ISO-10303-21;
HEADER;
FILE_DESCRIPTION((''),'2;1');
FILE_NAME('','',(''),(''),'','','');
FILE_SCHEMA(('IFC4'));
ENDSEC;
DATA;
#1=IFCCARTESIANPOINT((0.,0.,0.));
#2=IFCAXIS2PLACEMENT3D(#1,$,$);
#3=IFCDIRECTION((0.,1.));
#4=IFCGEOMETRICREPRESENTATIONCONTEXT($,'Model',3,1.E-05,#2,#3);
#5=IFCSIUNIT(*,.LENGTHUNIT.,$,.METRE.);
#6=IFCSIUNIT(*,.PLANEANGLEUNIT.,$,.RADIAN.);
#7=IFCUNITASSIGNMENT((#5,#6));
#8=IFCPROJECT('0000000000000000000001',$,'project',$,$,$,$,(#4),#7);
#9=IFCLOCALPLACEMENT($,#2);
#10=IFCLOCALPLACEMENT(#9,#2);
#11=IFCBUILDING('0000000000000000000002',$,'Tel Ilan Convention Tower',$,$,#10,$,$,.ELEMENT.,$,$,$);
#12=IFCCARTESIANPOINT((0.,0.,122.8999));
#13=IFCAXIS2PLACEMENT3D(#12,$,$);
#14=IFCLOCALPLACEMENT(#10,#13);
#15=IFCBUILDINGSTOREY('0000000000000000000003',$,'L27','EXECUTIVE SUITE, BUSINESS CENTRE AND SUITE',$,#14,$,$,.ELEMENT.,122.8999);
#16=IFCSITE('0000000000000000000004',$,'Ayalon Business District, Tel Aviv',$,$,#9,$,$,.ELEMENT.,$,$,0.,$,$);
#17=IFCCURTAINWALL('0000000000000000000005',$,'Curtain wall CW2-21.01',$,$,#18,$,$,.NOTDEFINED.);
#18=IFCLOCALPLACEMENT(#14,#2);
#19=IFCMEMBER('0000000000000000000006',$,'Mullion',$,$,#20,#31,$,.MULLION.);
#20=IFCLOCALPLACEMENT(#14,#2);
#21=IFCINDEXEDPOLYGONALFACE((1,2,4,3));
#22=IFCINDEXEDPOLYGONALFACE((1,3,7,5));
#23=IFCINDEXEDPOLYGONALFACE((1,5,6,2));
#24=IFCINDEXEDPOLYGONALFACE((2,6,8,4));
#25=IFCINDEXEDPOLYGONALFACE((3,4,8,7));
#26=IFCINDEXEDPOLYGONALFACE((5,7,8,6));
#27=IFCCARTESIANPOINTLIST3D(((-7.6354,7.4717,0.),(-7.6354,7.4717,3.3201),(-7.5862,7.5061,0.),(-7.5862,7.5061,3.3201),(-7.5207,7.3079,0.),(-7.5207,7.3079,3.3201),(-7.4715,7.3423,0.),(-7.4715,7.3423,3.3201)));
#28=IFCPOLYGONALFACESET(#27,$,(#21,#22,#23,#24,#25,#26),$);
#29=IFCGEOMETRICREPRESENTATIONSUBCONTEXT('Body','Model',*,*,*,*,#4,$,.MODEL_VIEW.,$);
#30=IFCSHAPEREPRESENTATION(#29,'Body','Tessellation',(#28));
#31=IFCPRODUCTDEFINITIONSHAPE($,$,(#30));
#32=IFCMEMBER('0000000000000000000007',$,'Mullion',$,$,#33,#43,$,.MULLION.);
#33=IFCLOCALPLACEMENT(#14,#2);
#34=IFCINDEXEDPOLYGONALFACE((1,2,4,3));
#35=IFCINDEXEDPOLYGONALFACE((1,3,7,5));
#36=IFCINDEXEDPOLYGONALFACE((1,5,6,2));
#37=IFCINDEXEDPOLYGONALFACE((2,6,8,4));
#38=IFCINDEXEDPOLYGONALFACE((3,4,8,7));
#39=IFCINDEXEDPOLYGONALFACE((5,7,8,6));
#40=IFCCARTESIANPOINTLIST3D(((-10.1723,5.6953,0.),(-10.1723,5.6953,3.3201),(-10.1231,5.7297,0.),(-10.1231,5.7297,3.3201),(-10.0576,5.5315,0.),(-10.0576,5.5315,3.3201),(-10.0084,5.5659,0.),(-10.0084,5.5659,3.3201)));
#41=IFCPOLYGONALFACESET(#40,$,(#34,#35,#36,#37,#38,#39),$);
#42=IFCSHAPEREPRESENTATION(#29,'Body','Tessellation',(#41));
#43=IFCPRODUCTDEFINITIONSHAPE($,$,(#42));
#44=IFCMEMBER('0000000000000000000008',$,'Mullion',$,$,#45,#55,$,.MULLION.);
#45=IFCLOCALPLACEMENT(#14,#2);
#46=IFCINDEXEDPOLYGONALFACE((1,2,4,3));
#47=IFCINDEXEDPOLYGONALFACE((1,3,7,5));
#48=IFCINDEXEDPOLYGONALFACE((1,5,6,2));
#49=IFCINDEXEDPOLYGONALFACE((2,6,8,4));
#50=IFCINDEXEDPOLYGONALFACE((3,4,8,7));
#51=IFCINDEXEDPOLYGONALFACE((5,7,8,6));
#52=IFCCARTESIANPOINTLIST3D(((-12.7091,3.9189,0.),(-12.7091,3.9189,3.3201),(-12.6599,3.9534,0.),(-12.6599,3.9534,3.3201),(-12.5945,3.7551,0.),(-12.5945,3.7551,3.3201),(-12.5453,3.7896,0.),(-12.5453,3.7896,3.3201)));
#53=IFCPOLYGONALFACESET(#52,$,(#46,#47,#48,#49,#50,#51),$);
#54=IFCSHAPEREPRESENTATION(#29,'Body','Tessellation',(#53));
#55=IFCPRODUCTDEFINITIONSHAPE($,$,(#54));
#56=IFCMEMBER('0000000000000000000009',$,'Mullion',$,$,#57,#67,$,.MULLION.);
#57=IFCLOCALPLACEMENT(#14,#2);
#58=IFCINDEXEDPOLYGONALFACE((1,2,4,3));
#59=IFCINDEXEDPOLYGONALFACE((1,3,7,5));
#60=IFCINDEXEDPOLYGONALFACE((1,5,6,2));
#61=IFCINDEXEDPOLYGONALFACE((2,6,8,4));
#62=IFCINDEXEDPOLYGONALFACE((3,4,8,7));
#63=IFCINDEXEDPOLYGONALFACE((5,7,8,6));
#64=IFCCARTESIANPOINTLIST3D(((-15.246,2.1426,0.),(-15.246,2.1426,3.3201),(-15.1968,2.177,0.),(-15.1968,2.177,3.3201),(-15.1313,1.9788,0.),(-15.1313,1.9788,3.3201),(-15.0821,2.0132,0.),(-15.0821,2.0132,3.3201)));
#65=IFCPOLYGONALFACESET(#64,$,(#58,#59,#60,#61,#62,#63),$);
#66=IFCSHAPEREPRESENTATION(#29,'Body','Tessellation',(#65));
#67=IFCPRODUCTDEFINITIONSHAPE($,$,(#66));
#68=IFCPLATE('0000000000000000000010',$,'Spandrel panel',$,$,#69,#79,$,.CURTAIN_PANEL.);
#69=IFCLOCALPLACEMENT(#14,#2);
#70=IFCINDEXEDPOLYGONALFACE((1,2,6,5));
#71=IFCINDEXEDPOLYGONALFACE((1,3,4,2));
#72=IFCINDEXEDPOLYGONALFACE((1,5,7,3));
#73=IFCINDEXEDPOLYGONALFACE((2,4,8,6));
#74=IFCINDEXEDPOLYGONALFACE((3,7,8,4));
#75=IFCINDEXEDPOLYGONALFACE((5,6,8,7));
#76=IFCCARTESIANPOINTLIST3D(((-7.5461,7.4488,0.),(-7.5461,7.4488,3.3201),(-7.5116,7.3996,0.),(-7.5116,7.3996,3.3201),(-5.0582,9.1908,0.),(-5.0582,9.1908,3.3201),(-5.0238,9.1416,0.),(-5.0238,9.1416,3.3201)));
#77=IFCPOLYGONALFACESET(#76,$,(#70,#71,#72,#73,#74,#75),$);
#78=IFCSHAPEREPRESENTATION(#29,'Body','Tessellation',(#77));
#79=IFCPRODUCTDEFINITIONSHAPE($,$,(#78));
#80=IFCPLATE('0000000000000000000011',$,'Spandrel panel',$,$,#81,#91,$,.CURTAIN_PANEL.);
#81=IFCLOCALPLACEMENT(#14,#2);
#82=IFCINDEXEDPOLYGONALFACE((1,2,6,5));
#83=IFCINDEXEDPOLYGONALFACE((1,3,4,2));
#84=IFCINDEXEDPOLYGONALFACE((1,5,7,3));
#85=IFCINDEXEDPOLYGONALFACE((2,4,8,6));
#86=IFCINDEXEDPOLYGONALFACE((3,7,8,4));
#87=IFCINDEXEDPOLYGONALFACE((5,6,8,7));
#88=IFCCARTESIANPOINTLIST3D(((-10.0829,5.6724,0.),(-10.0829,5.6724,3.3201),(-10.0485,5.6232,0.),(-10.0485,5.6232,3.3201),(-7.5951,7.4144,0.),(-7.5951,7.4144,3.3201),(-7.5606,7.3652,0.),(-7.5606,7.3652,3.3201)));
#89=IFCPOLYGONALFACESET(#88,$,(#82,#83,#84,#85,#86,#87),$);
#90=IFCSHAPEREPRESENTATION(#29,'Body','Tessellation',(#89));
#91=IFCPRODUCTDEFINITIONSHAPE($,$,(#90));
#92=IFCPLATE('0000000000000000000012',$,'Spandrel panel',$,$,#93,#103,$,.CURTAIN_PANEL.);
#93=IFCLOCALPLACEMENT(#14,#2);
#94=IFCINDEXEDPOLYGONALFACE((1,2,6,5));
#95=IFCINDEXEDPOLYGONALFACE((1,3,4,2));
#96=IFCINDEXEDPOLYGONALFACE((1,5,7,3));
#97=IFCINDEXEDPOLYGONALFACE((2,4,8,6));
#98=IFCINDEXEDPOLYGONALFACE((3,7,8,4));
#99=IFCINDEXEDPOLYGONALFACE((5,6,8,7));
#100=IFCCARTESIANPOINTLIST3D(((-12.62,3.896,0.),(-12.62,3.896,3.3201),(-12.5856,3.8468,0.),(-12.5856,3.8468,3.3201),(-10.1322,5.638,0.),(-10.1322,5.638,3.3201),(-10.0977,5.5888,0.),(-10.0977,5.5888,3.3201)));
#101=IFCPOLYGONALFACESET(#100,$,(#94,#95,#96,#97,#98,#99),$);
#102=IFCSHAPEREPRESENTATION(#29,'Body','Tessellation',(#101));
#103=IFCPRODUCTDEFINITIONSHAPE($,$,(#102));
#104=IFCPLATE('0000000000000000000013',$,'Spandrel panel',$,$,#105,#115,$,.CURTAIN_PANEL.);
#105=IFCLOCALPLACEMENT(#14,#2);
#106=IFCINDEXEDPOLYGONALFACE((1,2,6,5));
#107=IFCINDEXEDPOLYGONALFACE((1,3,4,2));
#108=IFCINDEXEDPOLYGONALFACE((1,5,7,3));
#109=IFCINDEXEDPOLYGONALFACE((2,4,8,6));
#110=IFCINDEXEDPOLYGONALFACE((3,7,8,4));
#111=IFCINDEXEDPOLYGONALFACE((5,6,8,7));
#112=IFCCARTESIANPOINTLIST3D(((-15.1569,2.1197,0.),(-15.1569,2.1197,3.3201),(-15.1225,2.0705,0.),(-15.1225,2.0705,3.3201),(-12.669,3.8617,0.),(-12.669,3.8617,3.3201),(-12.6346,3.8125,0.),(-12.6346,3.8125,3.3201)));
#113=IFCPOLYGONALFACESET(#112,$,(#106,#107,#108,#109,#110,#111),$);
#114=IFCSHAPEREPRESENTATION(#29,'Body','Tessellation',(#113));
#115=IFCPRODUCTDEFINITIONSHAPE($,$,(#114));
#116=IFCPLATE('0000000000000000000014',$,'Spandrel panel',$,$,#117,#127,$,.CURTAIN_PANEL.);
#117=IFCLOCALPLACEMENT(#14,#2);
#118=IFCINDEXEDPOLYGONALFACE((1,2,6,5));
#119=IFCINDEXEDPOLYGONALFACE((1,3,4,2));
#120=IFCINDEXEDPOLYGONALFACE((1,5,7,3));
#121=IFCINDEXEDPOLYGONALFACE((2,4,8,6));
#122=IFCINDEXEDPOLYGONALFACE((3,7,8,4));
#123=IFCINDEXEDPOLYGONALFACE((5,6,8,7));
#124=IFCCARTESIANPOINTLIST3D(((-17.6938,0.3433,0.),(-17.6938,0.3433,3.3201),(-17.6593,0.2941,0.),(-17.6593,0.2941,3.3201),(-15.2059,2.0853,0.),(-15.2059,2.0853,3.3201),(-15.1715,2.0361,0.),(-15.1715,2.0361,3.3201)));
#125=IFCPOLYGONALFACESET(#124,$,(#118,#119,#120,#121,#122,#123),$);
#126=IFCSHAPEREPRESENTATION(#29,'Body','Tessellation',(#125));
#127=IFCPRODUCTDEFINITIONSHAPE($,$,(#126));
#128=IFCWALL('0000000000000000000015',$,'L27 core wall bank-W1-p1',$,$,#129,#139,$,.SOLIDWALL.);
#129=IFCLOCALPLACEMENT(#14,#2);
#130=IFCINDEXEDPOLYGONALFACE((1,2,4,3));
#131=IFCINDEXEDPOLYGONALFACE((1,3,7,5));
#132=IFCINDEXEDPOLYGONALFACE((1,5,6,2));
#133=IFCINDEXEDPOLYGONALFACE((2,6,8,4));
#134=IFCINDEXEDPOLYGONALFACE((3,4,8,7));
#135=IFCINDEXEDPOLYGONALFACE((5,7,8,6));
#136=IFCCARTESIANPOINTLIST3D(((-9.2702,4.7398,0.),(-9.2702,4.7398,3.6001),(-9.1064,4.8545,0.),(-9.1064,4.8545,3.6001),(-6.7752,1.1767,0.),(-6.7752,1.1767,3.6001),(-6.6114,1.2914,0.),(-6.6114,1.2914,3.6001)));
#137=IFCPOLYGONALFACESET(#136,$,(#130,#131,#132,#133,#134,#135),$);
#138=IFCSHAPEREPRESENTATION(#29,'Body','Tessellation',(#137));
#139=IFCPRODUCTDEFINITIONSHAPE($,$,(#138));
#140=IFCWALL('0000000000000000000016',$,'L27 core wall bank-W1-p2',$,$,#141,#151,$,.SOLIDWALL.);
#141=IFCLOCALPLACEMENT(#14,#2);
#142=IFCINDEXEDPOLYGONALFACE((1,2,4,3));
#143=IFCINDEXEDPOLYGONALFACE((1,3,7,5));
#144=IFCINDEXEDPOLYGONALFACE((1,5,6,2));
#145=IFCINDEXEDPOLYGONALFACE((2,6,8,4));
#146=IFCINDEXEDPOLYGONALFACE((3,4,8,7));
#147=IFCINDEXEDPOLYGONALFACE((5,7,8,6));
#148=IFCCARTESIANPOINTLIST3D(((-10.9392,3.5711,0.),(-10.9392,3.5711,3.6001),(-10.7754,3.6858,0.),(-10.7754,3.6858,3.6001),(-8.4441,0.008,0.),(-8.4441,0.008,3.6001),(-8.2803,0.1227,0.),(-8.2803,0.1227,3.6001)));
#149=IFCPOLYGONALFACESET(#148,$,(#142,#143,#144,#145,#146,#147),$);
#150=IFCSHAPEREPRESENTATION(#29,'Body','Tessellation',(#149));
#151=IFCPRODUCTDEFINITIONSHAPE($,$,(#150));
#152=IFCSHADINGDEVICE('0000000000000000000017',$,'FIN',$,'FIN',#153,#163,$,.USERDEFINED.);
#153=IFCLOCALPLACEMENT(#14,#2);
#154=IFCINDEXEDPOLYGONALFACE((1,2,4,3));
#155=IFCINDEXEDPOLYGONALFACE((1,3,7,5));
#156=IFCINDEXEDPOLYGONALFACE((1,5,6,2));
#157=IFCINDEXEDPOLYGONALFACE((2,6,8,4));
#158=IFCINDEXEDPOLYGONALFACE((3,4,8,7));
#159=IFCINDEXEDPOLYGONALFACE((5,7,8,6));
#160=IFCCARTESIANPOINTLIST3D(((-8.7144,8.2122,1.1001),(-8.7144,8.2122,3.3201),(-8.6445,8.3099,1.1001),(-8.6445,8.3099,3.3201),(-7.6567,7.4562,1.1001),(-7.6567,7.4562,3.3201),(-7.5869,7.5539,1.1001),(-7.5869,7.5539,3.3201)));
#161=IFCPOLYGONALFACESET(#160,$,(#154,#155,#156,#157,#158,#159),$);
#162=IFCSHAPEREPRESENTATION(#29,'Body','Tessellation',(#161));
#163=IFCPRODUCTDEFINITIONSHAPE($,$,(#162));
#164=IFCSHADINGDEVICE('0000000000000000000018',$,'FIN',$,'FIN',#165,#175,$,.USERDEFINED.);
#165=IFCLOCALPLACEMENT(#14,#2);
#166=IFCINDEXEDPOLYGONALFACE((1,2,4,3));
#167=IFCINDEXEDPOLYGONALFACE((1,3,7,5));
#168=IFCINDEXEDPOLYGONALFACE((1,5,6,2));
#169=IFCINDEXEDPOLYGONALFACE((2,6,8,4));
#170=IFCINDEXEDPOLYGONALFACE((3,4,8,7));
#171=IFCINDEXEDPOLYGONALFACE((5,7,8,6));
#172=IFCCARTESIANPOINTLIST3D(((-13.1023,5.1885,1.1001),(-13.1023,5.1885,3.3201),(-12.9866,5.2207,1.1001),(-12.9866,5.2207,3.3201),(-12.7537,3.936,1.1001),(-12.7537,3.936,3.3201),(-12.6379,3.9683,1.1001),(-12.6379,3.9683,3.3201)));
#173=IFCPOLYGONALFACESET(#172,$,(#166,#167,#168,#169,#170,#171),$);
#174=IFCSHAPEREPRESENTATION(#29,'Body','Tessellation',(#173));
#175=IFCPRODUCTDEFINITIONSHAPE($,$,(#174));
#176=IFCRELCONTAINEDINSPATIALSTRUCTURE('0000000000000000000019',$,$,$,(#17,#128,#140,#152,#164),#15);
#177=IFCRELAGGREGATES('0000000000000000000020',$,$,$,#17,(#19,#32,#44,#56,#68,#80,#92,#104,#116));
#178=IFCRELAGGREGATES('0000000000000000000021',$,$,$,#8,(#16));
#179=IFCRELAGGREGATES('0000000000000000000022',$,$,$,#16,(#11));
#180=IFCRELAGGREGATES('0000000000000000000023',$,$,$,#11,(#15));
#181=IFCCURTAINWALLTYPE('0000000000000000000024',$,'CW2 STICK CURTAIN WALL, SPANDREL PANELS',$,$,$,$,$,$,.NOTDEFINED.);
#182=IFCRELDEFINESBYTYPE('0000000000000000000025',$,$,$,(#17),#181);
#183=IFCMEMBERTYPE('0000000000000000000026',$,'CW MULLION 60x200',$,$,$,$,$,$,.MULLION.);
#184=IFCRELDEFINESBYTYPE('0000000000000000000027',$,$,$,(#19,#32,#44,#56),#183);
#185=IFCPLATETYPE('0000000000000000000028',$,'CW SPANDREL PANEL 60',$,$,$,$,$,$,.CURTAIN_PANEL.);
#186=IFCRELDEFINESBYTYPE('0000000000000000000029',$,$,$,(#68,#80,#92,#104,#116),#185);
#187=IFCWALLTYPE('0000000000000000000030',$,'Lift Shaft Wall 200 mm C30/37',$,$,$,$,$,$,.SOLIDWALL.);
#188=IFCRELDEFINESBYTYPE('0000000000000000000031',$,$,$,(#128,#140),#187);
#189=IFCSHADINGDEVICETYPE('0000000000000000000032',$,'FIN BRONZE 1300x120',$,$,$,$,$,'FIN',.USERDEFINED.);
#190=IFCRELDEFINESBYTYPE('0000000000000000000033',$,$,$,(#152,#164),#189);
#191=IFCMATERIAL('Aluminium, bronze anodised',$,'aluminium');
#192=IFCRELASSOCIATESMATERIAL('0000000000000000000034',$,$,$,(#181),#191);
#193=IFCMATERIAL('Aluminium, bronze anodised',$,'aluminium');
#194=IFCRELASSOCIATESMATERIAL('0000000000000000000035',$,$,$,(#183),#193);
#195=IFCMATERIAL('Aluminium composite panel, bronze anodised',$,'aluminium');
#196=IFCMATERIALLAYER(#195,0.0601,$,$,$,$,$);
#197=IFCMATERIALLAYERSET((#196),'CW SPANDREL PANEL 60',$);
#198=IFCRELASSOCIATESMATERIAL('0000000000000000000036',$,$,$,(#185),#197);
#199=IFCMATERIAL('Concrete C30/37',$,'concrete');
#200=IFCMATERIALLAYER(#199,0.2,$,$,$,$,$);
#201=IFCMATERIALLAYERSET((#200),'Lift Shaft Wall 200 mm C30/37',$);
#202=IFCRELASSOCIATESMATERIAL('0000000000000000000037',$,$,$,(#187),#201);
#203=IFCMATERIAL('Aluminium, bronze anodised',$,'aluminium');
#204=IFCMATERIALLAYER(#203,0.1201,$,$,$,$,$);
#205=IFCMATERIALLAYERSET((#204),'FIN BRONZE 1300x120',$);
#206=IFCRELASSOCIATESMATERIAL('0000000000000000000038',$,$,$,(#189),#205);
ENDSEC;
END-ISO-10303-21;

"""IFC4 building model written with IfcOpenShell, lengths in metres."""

from ifc_helpers import new_model, si_unit, direction, frame, frame_2d, origin, origin_2d, place, context, subcontext, project, spatial, rectangle, extrude, material, layer, layer_set, material_profile, profile_set, type_object, element, aggregate, save


model = new_model("IFC4")

# Units and contexts
model_context = context("Model", 3, precision=1e-05, world=origin(), true_north=direction((0.0, 1.0)))
body_context = subcontext(model_context, "Body", "Model", "MODEL_VIEW")
ifc_project = project(units=[si_unit("LENGTHUNIT", "METRE"), si_unit("PLANEANGLEUNIT", "RADIAN")], contexts=[model_context])

# Site, building, storey
site_placement = place(None, origin())
site = spatial("IfcSite", under=ifc_project, at=site_placement, Name="Ayalon Business District, Tel Aviv", CompositionType="ELEMENT", RefElevation=0.0)
building_placement = place(site_placement, origin())
building = spatial("IfcBuilding", under=site, at=building_placement, Name="Tel Ilan Convention Tower", CompositionType="ELEMENT")
storey_placement = place(building_placement, frame((0.0, 0.0, 122.8999)))
storey = spatial("IfcBuildingStorey", under=building, at=storey_placement, Name="L27", Description="EXECUTIVE SUITE, BUSINESS CENTRE AND SUITE", CompositionType="ELEMENT", Elevation=122.8999)

# Curtain wall, members, plates
ifc_material_1 = material(Name="Aluminium, bronze anodised", Category="aluminium")
curtain_wall_type = type_object("IfcCurtainWallType", Name="CW2 STICK CURTAIN WALL, SPANDREL PANELS", PredefinedType="NOTDEFINED", material=ifc_material_1)
curtain_wall_placement = place(storey_placement, origin())
curtain_wall = element("IfcCurtainWall", 1, at=curtain_wall_placement, inside=storey, type_object=curtain_wall_type, Name="Curtain wall CW2-21.01", PredefinedType="NOTDEFINED")
ifc_material_2 = material(Name="Aluminium, bronze anodised", Category="aluminium")
ifc_material_profile = material_profile(ifc_material_2, rectangle(XDim=0.0601, YDim=0.2, at=origin_2d()), Name="CW MULLION 60x200")
ifc_profile_set = profile_set([ifc_material_profile], Name="Aluminium, bronze anodised")
member_type = type_object("IfcMemberType", Name="CW MULLION 60x200", PredefinedType="MULLION", material=ifc_profile_set)
member_1_placement = place(storey_placement, frame((-7.5535, 7.407, 0.0), z_axis=(0.0, 0.0, 1.0), x_axis=(-0.819152, -0.573576, 0.0)))
member_1 = element("IfcMember", 2, at=member_1_placement, type_object=member_type, Name="Mullion", PredefinedType="MULLION", context=body_context, shape_type="SweptSolid", body=[
    extrude(rectangle(XDim=0.0601, YDim=0.2, at=origin_2d()), origin(), (0.0, 0.0, 1.0), 3.3201),
])
member_2_placement = place(storey_placement, frame((-10.0903, 5.6306, 0.0), z_axis=(0.0, 0.0, 1.0), x_axis=(-0.819152, -0.573576, 0.0)))
member_2 = element("IfcMember", 3, at=member_2_placement, type_object=member_type, Name="Mullion", PredefinedType="MULLION", context=body_context, shape_type="SweptSolid", body=[
    extrude(rectangle(XDim=0.0601, YDim=0.2, at=origin_2d()), origin(), (0.0, 0.0, 1.0), 3.3201),
])
member_3_placement = place(storey_placement, frame((-12.6272, 3.8542, 0.0), z_axis=(0.0, 0.0, 1.0), x_axis=(-0.819152, -0.573576, 0.0)))
member_3 = element("IfcMember", 4, at=member_3_placement, type_object=member_type, Name="Mullion", PredefinedType="MULLION", context=body_context, shape_type="SweptSolid", body=[
    extrude(rectangle(XDim=0.0601, YDim=0.2, at=origin_2d()), origin(), (0.0, 0.0, 1.0), 3.3201),
])
member_4_placement = place(storey_placement, frame((-15.1641, 2.0779, 0.0), z_axis=(0.0, 0.0, 1.0), x_axis=(-0.819152, -0.573576, 0.0)))
member_4 = element("IfcMember", 5, at=member_4_placement, type_object=member_type, Name="Mullion", PredefinedType="MULLION", context=body_context, shape_type="SweptSolid", body=[
    extrude(rectangle(XDim=0.0601, YDim=0.2, at=origin_2d()), origin(), (0.0, 0.0, 1.0), 3.3201),
])
ifc_material_3 = material(Name="Aluminium composite panel, bronze anodised", Category="aluminium")
ifc_layer_1 = layer(ifc_material_3, 0.0601)
ifc_layer_set_1 = layer_set([ifc_layer_1], Name="CW SPANDREL PANEL 60")
plate_type = type_object("IfcPlateType", Name="CW SPANDREL PANEL 60", PredefinedType="CURTAIN_PANEL", material=ifc_layer_set_1)
plate_1_placement = place(storey_placement, frame((-6.2849, 8.2952, 0.0), z_axis=(0.0, 0.0, 1.0), x_axis=(-0.819152, -0.573576, 0.0)))
plate_1 = element("IfcPlate", 6, at=plate_1_placement, type_object=plate_type, Name="Spandrel panel", PredefinedType="CURTAIN_PANEL", context=body_context, shape_type="SweptSolid", body=[
    extrude(rectangle(XDim=3.0371, YDim=0.0601, at=origin_2d()), origin(), (0.0, 0.0, 1.0), 3.3201),
])
plate_2_placement = place(storey_placement, frame((-8.8218, 6.5188, 0.0), z_axis=(0.0, 0.0, 1.0), x_axis=(-0.819152, -0.573576, 0.0)))
plate_2 = element("IfcPlate", 7, at=plate_2_placement, type_object=plate_type, Name="Spandrel panel", PredefinedType="CURTAIN_PANEL", context=body_context, shape_type="SweptSolid", body=[
    extrude(rectangle(XDim=3.0371, YDim=0.0601, at=origin_2d()), origin(), (0.0, 0.0, 1.0), 3.3201),
])
plate_3_placement = place(storey_placement, frame((-11.3589, 4.7424, 0.0), z_axis=(0.0, 0.0, 1.0), x_axis=(-0.819152, -0.573576, 0.0)))
plate_3 = element("IfcPlate", 8, at=plate_3_placement, type_object=plate_type, Name="Spandrel panel", PredefinedType="CURTAIN_PANEL", context=body_context, shape_type="SweptSolid", body=[
    extrude(rectangle(XDim=3.0371, YDim=0.0601, at=origin_2d()), origin(), (0.0, 0.0, 1.0), 3.3201),
])
plate_4_placement = place(storey_placement, frame((-13.8958, 2.9661, 0.0), z_axis=(0.0, 0.0, 1.0), x_axis=(-0.819152, -0.573576, 0.0)))
plate_4 = element("IfcPlate", 9, at=plate_4_placement, type_object=plate_type, Name="Spandrel panel", PredefinedType="CURTAIN_PANEL", context=body_context, shape_type="SweptSolid", body=[
    extrude(rectangle(XDim=3.0371, YDim=0.0601, at=origin_2d()), origin(), (0.0, 0.0, 1.0), 3.3201),
])
plate_5_placement = place(storey_placement, frame((-16.4326, 1.1897, 0.0), z_axis=(0.0, 0.0, 1.0), x_axis=(-0.819152, -0.573576, 0.0)))
plate_5 = element("IfcPlate", 10, at=plate_5_placement, type_object=plate_type, Name="Spandrel panel", PredefinedType="CURTAIN_PANEL", context=body_context, shape_type="SweptSolid", body=[
    extrude(rectangle(XDim=3.0371, YDim=0.0601, at=origin_2d()), origin(), (0.0, 0.0, 1.0), 3.3201),
])
aggregate(curtain_wall, [member_1, member_2, member_3, member_4, plate_1, plate_2, plate_3, plate_4, plate_5])

# Walls
ifc_material_4 = material(Name="Concrete C30/37", Category="concrete")
ifc_layer_2 = layer(ifc_material_4, 0.2)
ifc_layer_set_2 = layer_set([ifc_layer_2], Name="Lift Shaft Wall 200 mm C30/37")
wall_type = type_object("IfcWallType", Name="Lift Shaft Wall 200 mm C30/37", PredefinedType="SOLIDWALL", material=ifc_layer_set_2)
for number, where, z_axis, x_axis, name in (
    (11, (-6.6934, 1.2341, 0.0), (0.0, 0.0, 1.0), (-0.573594, 0.81914, 0.0), "L27 core wall bank-W1-p1"),
    (12, (-8.3623, 0.0654, 0.0), (0.0, 0.0, 1.0), (-0.573594, 0.81914, 0.0), "L27 core wall bank-W1-p2"),
):
    element("IfcWall", number, at=place(storey_placement, frame(where, z_axis=z_axis, x_axis=x_axis)), inside=storey, type_object=wall_type, Name=name, PredefinedType="SOLIDWALL", context=body_context, shape_type="SweptSolid", body=[
        extrude(rectangle(XDim=4.3499, YDim=0.2, at=frame_2d((2.1748, 0.0))), origin(), (0.0, 0.0, 1.0), 3.6001),
    ])

# Shading devices
ifc_material_5 = material(Name="Aluminium, bronze anodised", Category="aluminium")
ifc_layer_3 = layer(ifc_material_5, 0.1201)
ifc_layer_set_3 = layer_set([ifc_layer_3], Name="FIN BRONZE 1300x120")
shading_device_type = type_object("IfcShadingDeviceType", Name="FIN BRONZE 1300x120", ElementType="FIN", PredefinedType="USERDEFINED", material=ifc_layer_set_3)
for number, where, z_axis, x_axis, name in (
    (13, (-8.1506, 7.8831, 1.1001), (0.0, 0.0, 1.0), (-0.813552, 0.581492, 0.0), "FIN"),
    (14, (-12.8701, 4.5784, 1.1001), (0.0, 0.0, 1.0), (-0.268173, 0.963371, 0.0), "FIN"),
):
    element("IfcShadingDevice", number, at=place(storey_placement, frame(where, z_axis=z_axis, x_axis=x_axis)), inside=storey, type_object=shading_device_type, Name=name, ObjectType="FIN", PredefinedType="USERDEFINED", context=body_context, shape_type="SweptSolid", body=[
        extrude(rectangle(XDim=1.3, YDim=0.1201, at=origin_2d()), origin(), (0.0, 0.0, 1.0), 2.22),
    ])

save(model, "model.ifc")
